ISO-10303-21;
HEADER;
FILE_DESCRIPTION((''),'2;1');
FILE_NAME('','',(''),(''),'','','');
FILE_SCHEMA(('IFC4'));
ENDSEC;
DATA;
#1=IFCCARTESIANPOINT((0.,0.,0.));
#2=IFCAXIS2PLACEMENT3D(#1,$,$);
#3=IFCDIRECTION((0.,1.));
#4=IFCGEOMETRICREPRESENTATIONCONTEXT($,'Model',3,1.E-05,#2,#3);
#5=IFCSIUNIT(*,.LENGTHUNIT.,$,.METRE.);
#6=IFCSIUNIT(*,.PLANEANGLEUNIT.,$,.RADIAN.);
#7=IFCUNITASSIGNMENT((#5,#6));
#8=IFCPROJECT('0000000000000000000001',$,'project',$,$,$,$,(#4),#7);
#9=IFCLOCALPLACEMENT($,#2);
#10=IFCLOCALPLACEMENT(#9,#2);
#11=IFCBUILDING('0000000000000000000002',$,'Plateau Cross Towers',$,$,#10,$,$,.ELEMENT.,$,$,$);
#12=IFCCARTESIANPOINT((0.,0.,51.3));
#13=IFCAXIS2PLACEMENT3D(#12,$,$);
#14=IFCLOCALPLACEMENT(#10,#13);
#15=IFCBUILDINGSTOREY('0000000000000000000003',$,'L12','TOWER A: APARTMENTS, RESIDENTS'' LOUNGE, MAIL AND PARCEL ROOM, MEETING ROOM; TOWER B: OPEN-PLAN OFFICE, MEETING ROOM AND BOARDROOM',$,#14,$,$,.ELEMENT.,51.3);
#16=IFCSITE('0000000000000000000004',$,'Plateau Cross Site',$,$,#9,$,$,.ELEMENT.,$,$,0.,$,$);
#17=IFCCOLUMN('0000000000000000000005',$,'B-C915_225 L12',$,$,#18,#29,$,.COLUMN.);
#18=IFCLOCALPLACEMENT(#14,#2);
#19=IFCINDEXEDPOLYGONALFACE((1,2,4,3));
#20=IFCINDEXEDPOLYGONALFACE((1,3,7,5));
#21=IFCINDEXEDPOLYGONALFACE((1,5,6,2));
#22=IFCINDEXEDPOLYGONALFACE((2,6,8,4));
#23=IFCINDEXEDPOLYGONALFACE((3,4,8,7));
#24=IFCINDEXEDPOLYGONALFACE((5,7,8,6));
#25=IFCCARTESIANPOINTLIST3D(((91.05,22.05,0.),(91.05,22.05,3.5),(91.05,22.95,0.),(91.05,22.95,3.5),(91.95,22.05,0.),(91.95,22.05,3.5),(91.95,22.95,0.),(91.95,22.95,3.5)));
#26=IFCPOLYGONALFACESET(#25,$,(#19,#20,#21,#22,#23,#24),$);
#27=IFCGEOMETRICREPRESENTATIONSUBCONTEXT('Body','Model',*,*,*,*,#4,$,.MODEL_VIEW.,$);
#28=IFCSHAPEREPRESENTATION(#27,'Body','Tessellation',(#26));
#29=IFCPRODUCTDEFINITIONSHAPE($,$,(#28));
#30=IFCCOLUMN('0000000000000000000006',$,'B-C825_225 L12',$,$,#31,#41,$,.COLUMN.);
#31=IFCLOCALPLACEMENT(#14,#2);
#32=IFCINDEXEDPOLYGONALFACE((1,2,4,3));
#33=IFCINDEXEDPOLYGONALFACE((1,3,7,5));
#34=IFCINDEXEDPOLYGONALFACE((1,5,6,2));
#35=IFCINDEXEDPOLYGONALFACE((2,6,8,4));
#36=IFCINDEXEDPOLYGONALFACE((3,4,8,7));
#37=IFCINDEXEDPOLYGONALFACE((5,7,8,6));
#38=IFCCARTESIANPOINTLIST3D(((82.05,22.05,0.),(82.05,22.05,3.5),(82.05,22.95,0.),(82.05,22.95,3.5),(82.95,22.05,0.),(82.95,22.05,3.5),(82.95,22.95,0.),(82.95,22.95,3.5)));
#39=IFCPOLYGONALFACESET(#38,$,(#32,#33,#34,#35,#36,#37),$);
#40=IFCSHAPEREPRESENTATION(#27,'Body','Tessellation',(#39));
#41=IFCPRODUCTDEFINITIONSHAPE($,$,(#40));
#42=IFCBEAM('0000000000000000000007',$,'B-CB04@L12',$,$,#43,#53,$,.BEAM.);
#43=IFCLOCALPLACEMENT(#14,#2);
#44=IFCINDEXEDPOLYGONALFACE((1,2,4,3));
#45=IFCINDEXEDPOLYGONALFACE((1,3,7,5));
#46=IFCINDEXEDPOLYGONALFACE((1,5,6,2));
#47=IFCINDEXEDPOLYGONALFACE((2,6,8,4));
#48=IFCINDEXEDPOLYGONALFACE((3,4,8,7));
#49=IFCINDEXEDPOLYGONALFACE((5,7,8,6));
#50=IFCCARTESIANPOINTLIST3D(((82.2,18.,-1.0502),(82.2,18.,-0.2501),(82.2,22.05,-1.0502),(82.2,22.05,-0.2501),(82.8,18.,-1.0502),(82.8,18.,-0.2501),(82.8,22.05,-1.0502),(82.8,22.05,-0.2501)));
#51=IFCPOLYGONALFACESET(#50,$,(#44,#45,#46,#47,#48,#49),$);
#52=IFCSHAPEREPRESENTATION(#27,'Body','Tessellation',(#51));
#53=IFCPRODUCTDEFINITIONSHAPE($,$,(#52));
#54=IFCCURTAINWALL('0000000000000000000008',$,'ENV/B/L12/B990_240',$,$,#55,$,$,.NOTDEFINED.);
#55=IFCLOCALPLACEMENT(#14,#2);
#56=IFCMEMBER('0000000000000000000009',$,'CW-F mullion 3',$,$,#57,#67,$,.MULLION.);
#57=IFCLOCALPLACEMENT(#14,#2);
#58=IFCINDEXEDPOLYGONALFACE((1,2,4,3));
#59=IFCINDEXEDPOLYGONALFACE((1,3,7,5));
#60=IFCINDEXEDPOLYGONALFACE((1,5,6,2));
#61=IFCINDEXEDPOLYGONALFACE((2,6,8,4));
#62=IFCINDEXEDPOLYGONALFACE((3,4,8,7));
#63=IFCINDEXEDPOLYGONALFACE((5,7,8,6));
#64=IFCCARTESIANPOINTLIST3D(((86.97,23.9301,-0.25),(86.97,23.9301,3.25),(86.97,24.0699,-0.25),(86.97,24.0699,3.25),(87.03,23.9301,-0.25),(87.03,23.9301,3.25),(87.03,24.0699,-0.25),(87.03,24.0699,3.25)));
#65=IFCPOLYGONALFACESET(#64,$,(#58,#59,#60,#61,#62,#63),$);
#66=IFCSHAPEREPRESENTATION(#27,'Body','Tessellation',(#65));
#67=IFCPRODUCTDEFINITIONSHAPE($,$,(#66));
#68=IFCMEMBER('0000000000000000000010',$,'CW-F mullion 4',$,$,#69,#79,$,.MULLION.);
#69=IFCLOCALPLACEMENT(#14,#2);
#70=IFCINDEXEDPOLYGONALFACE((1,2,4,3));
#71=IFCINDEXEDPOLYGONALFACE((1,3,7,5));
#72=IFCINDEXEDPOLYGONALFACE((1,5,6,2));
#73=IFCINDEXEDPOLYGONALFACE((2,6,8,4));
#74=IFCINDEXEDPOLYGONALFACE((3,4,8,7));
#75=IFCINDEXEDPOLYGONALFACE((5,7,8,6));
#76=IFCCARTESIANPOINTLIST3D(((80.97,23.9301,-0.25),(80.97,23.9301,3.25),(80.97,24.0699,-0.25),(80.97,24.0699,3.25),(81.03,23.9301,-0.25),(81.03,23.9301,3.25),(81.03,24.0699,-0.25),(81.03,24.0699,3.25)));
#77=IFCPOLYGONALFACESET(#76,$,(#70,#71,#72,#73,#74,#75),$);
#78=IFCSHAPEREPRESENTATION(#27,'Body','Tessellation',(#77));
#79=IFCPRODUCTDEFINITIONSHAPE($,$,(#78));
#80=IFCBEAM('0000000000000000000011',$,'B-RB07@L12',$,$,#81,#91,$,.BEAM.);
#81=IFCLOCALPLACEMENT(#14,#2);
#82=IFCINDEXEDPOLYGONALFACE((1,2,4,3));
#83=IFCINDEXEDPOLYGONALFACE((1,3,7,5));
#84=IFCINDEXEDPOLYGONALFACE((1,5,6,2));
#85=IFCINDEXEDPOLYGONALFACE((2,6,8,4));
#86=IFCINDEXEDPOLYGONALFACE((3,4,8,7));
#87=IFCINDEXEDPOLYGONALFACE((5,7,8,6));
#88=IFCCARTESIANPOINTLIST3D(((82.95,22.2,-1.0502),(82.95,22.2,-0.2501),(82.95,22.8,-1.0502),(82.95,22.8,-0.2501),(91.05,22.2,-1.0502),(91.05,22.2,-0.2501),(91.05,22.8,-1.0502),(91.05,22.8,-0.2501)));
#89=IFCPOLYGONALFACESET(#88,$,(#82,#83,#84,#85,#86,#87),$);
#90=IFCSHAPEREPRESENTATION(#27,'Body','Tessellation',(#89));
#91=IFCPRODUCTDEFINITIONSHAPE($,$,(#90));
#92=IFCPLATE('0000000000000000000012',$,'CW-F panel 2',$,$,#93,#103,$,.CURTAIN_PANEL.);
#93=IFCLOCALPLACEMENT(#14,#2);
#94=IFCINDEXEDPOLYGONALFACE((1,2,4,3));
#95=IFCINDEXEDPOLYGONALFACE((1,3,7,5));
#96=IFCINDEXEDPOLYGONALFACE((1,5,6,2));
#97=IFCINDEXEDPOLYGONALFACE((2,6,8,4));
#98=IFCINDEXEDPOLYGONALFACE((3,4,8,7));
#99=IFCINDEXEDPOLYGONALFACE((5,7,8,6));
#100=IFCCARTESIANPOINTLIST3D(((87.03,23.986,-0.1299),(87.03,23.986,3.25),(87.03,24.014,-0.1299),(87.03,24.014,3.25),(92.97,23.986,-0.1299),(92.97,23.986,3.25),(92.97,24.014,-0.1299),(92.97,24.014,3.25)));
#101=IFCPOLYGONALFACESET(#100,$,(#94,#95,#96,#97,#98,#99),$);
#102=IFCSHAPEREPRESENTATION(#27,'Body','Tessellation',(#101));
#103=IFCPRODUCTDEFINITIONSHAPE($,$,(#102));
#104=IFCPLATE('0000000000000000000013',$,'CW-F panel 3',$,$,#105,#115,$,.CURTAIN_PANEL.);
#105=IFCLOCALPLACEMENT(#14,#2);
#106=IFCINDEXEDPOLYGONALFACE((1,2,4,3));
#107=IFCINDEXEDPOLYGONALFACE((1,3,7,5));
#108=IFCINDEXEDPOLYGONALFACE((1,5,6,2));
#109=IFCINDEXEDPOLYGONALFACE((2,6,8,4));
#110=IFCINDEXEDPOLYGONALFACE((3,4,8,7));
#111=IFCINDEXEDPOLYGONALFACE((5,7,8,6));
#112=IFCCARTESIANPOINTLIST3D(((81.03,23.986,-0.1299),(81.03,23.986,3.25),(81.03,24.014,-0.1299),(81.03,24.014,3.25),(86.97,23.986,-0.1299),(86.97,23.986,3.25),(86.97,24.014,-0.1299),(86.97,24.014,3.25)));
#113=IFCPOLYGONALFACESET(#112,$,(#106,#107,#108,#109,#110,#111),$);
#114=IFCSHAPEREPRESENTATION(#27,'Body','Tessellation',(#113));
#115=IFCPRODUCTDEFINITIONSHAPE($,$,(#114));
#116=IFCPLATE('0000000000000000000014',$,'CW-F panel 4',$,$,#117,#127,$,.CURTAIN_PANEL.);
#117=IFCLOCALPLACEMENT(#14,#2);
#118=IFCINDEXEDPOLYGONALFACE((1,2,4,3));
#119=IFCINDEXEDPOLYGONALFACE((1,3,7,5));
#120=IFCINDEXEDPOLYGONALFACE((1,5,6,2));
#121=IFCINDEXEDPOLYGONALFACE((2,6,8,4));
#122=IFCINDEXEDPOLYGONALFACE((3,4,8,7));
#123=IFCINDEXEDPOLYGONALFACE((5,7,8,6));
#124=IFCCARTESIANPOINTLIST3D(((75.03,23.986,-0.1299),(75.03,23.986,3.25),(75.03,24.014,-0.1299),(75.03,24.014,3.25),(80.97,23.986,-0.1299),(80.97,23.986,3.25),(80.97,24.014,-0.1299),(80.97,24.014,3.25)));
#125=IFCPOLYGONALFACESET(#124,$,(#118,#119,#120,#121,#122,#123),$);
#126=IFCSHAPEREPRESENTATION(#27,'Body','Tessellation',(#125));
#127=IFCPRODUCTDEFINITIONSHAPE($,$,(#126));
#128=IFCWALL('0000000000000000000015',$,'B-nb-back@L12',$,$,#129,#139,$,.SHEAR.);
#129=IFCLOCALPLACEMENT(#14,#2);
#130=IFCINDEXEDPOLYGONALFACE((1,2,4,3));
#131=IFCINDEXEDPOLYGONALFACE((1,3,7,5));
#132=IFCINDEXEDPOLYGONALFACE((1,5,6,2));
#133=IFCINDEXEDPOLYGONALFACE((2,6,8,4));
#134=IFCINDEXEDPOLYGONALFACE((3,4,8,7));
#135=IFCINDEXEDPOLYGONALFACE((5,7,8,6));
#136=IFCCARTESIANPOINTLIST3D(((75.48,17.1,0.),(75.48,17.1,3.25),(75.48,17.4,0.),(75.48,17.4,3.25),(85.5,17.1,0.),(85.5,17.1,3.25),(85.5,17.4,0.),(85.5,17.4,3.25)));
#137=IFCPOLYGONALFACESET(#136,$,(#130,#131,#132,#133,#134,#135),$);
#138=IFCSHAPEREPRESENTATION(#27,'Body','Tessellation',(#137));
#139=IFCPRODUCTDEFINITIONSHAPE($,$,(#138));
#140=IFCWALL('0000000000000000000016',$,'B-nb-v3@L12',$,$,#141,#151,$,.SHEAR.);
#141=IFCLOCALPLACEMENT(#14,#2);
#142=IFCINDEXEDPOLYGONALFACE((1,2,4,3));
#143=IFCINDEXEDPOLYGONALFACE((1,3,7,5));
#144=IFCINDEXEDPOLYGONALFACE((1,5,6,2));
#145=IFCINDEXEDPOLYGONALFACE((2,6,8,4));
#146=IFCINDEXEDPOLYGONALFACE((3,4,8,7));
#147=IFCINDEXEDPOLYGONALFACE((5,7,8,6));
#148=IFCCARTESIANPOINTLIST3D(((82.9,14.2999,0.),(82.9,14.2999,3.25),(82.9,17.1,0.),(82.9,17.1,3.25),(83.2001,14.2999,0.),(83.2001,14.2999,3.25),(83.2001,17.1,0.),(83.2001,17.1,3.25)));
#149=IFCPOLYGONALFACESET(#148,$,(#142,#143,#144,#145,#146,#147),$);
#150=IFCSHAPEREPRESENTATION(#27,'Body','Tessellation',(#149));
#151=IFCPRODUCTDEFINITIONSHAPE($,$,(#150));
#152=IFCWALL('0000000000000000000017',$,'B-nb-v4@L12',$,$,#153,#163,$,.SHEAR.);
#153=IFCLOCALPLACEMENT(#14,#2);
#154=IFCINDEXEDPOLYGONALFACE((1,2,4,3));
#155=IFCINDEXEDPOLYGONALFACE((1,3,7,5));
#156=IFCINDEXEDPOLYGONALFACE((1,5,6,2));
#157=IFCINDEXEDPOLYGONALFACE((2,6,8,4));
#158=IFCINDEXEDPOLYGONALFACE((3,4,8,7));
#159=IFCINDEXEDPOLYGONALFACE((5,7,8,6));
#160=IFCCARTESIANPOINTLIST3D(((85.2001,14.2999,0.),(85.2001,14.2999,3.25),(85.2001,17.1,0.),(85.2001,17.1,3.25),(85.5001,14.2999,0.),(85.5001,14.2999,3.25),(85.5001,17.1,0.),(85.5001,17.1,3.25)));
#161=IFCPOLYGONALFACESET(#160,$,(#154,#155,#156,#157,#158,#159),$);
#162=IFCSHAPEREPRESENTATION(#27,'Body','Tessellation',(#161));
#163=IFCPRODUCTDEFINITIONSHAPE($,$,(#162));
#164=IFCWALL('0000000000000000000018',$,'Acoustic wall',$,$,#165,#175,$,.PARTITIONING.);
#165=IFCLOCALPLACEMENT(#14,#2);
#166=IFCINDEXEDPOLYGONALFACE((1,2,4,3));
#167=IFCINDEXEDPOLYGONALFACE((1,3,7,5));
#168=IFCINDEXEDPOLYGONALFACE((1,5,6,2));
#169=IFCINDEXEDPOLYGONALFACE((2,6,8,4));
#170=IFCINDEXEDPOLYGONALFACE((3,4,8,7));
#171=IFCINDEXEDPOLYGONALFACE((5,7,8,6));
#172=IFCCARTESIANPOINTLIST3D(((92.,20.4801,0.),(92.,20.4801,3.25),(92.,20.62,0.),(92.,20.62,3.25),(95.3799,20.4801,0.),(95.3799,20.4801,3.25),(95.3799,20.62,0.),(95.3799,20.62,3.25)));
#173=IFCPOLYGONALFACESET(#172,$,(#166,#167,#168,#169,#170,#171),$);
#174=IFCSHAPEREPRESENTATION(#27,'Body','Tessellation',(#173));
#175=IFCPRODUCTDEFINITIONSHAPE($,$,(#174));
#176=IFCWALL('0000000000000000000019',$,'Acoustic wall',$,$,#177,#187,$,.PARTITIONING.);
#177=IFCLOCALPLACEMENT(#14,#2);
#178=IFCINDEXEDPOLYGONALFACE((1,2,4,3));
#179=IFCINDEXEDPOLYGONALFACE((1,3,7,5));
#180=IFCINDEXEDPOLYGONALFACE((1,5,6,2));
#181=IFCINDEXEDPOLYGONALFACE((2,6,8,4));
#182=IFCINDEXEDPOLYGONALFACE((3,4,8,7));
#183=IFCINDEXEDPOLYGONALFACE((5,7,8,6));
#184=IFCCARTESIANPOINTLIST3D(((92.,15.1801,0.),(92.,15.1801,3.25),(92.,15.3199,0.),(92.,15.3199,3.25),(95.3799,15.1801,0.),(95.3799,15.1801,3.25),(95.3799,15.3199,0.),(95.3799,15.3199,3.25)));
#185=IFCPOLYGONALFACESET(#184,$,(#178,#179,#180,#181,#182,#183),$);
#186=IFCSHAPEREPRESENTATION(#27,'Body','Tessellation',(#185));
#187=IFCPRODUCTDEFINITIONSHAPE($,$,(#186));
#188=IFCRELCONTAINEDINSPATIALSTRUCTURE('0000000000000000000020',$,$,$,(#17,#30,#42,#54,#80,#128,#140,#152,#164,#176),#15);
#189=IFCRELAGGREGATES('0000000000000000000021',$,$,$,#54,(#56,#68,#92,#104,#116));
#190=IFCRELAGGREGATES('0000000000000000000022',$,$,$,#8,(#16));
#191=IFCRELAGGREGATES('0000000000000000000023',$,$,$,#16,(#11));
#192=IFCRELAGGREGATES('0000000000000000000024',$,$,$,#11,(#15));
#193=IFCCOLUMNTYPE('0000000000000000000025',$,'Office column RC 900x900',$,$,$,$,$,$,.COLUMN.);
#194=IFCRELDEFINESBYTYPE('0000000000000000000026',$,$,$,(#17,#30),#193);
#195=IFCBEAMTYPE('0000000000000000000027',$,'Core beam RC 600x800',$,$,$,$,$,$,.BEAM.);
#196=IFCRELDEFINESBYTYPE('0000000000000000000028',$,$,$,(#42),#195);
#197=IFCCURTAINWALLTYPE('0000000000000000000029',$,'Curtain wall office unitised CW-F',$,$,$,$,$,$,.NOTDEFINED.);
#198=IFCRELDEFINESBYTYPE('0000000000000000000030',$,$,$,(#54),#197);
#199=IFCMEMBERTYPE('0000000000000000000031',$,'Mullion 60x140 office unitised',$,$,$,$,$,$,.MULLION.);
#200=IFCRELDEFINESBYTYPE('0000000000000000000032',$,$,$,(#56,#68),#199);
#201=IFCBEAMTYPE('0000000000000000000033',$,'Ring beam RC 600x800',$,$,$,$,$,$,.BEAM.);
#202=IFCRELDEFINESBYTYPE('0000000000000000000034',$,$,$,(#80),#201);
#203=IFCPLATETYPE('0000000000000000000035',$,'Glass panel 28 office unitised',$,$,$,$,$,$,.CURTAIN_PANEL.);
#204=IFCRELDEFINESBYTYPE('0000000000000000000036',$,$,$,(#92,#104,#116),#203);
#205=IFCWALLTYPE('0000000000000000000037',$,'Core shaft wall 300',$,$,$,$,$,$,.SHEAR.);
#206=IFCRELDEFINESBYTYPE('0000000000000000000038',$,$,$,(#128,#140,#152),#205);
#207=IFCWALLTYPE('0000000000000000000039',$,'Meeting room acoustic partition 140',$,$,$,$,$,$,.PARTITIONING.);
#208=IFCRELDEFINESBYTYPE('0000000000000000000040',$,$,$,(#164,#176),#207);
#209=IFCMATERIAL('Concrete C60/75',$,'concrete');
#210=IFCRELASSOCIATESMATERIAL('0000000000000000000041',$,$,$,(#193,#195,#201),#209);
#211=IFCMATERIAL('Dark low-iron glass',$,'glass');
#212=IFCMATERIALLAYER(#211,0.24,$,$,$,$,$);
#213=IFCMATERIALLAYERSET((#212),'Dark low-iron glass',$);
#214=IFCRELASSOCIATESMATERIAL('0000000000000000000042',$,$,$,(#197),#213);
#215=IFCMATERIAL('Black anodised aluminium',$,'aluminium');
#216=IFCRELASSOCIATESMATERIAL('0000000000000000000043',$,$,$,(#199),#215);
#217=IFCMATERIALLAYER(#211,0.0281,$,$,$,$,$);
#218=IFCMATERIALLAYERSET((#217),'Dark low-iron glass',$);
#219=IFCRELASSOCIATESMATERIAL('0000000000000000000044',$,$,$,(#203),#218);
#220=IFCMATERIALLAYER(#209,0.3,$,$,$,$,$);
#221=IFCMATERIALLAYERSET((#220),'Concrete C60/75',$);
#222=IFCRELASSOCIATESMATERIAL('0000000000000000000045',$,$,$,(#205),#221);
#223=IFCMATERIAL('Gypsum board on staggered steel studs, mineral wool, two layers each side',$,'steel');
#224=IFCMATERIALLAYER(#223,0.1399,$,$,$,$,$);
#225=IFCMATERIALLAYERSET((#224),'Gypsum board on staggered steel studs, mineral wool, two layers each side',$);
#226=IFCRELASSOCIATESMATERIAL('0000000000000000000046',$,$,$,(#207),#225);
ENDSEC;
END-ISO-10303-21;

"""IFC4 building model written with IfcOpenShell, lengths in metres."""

from ifc_helpers import new_model, si_unit, direction, frame, frame_2d, origin, origin_2d, place, context, subcontext, project, spatial, rectangle, extrude, material, layer, layer_set, material_profile, profile_set, type_object, element, aggregate, save


model = new_model("IFC4")

# Units and contexts
model_context = context("Model", 3, precision=1e-05, world=origin(), true_north=direction((0.0, 1.0)))
body_context = subcontext(model_context, "Body", "Model", "MODEL_VIEW")
ifc_project = project(units=[si_unit("LENGTHUNIT", "METRE"), si_unit("PLANEANGLEUNIT", "RADIAN")], contexts=[model_context])

# Site, building, storey
site_placement = place(None, origin())
site = spatial("IfcSite", under=ifc_project, at=site_placement, Name="Plateau Cross Site", CompositionType="ELEMENT", RefElevation=0.0)
building_placement = place(site_placement, origin())
building = spatial("IfcBuilding", under=site, at=building_placement, Name="Plateau Cross Towers", CompositionType="ELEMENT")
storey_placement = place(building_placement, frame((0.0, 0.0, 51.3)))
storey = spatial("IfcBuildingStorey", under=building, at=storey_placement, Name="L12", Description="TOWER A: APARTMENTS, RESIDENTS' LOUNGE, MAIL AND PARCEL ROOM, MEETING ROOM; TOWER B: OPEN-PLAN OFFICE, MEETING ROOM AND BOARDROOM", CompositionType="ELEMENT", Elevation=51.3)

# Columns
ifc_material_1 = material(Name="Concrete C60/75", Category="concrete")
ifc_material_profile_1 = material_profile(ifc_material_1, rectangle(XDim=0.8999, YDim=0.8999, at=origin_2d()), Name="RC 900x900")
ifc_profile_set_1 = profile_set([ifc_material_profile_1], Name="Concrete C60/75")
column_type = type_object("IfcColumnType", Name="Office column RC 900x900", PredefinedType="COLUMN", material=ifc_profile_set_1)
for number, where, z_axis, x_axis, name in (
    (1, (91.5, 22.5, 0.0), (0.0, 0.0, 1.0), (1.0, 0.0, 0.0), "B-C915_225 L12"),
    (2, (82.5, 22.5, 0.0), (0.0, 0.0, 1.0), (1.0, 0.0, 0.0), "B-C825_225 L12"),
):
    element("IfcColumn", number, at=place(storey_placement, frame(where, z_axis=z_axis, x_axis=x_axis)), inside=storey, type_object=column_type, Name=name, PredefinedType="COLUMN", context=body_context, shape_type="SweptSolid", body=[
        extrude(rectangle(XDim=0.8999, YDim=0.8999, at=origin_2d()), origin(), (0.0, 0.0, 1.0), 3.5),
    ])

# Beam
ifc_material_profile_2 = material_profile(ifc_material_1, rectangle(XDim=0.6001, YDim=0.8, at=origin_2d()), Name="RC 600x800")
ifc_profile_set_2 = profile_set([ifc_material_profile_2], Name="Concrete C60/75")
beam_type_1 = type_object("IfcBeamType", Name="Core beam RC 600x800", PredefinedType="BEAM", material=ifc_profile_set_2)
beam_1_placement = place(storey_placement, frame((82.5, 18.0, -0.6501), z_axis=(0.0, 1.0, 0.0), x_axis=(-1.0, 0.0, 0.0)))
element("IfcBeam", 3, at=beam_1_placement, inside=storey, type_object=beam_type_1, Name="B-CB04@L12", PredefinedType="BEAM", context=body_context, shape_type="SweptSolid", body=[
    extrude(rectangle(XDim=0.6001, YDim=0.8, at=origin_2d()), origin(), (0.0, 0.0, 1.0), 4.05),
])

# Curtain wall, members
ifc_material_2 = material(Name="Dark low-iron glass", Category="glass")
ifc_layer_1 = layer(ifc_material_2, 0.24)
ifc_layer_set_1 = layer_set([ifc_layer_1], Name="Dark low-iron glass")
curtain_wall_type = type_object("IfcCurtainWallType", Name="Curtain wall office unitised CW-F", PredefinedType="NOTDEFINED", material=ifc_layer_set_1)
curtain_wall_placement = place(storey_placement, origin())
curtain_wall = element("IfcCurtainWall", 4, at=curtain_wall_placement, inside=storey, type_object=curtain_wall_type, Name="ENV/B/L12/B990_240", PredefinedType="NOTDEFINED")
ifc_material_3 = material(Name="Black anodised aluminium", Category="aluminium")
ifc_material_profile_3 = material_profile(ifc_material_3, rectangle(XDim=0.0601, YDim=0.1399, at=origin_2d()), Name="MULLION 60x140")
ifc_profile_set_3 = profile_set([ifc_material_profile_3], Name="Black anodised aluminium")
member_type = type_object("IfcMemberType", Name="Mullion 60x140 office unitised", PredefinedType="MULLION", material=ifc_profile_set_3)
member_1_placement = place(storey_placement, frame((87.0, 24.0, -0.25), z_axis=(0.0, 0.0, 1.0), x_axis=(-1.0, 0.0, 0.0)))
member_1 = element("IfcMember", 5, at=member_1_placement, type_object=member_type, Name="CW-F mullion 3", PredefinedType="MULLION", context=body_context, shape_type="SweptSolid", body=[
    extrude(rectangle(XDim=0.0601, YDim=0.1399, at=origin_2d()), origin(), (0.0, 0.0, 1.0), 3.5),
])
member_2_placement = place(storey_placement, frame((81.0, 24.0, -0.25), z_axis=(0.0, 0.0, 1.0), x_axis=(-1.0, 0.0, 0.0)))
member_2 = element("IfcMember", 6, at=member_2_placement, type_object=member_type, Name="CW-F mullion 4", PredefinedType="MULLION", context=body_context, shape_type="SweptSolid", body=[
    extrude(rectangle(XDim=0.0601, YDim=0.1399, at=origin_2d()), origin(), (0.0, 0.0, 1.0), 3.5),
])

# Beam
ifc_material_profile_4 = material_profile(ifc_material_1, rectangle(XDim=0.6001, YDim=0.8, at=origin_2d()), Name="RC 600x800")
ifc_profile_set_4 = profile_set([ifc_material_profile_4], Name="Concrete C60/75")
beam_type_2 = type_object("IfcBeamType", Name="Ring beam RC 600x800", PredefinedType="BEAM", material=ifc_profile_set_4)
beam_2_placement = place(storey_placement, frame((91.05, 22.5, -0.6501), z_axis=(-1.0, 0.0, 0.0), x_axis=(0.0, -1.0, 0.0)))
element("IfcBeam", 7, at=beam_2_placement, inside=storey, type_object=beam_type_2, Name="B-RB07@L12", PredefinedType="BEAM", context=body_context, shape_type="SweptSolid", body=[
    extrude(rectangle(XDim=0.6001, YDim=0.8, at=origin_2d()), origin(), (0.0, 0.0, 1.0), 8.1001),
])

# Plates
ifc_layer_2 = layer(ifc_material_2, 0.0281)
ifc_layer_set_2 = layer_set([ifc_layer_2], Name="Dark low-iron glass")
plate_type = type_object("IfcPlateType", Name="Glass panel 28 office unitised", PredefinedType="CURTAIN_PANEL", material=ifc_layer_set_2)
plate_1_placement = place(storey_placement, frame((90.0, 24.0, -0.1299), z_axis=(0.0, 0.0, 1.0), x_axis=(-1.0, 0.0, 0.0)))
plate_1 = element("IfcPlate", 8, at=plate_1_placement, type_object=plate_type, Name="CW-F panel 2", PredefinedType="CURTAIN_PANEL", context=body_context, shape_type="SweptSolid", body=[
    extrude(rectangle(XDim=5.9399, YDim=0.0281, at=origin_2d()), origin(), (0.0, 0.0, 1.0), 3.3799),
])
plate_2_placement = place(storey_placement, frame((84.0, 24.0, -0.1299), z_axis=(0.0, 0.0, 1.0), x_axis=(-1.0, 0.0, 0.0)))
plate_2 = element("IfcPlate", 9, at=plate_2_placement, type_object=plate_type, Name="CW-F panel 3", PredefinedType="CURTAIN_PANEL", context=body_context, shape_type="SweptSolid", body=[
    extrude(rectangle(XDim=5.9399, YDim=0.0281, at=origin_2d()), origin(), (0.0, 0.0, 1.0), 3.3799),
])
plate_3_placement = place(storey_placement, frame((78.0, 24.0, -0.1299), z_axis=(0.0, 0.0, 1.0), x_axis=(-1.0, 0.0, 0.0)))
plate_3 = element("IfcPlate", 10, at=plate_3_placement, type_object=plate_type, Name="CW-F panel 4", PredefinedType="CURTAIN_PANEL", context=body_context, shape_type="SweptSolid", body=[
    extrude(rectangle(XDim=5.9399, YDim=0.0281, at=origin_2d()), origin(), (0.0, 0.0, 1.0), 3.3799),
])
aggregate(curtain_wall, [member_1, member_2, plate_1, plate_2, plate_3])

# Walls
ifc_layer_3 = layer(ifc_material_1, 0.3)
ifc_layer_set_3 = layer_set([ifc_layer_3], Name="Concrete C60/75")
wall_type_1 = type_object("IfcWallType", Name="Core shaft wall 300", PredefinedType="SHEAR", material=ifc_layer_set_3)
wall_1_placement = place(storey_placement, frame((75.48, 17.25, 0.0), z_axis=(0.0, 0.0, 1.0), x_axis=(1.0, 0.0, 0.0)))
element("IfcWall", 11, at=wall_1_placement, inside=storey, type_object=wall_type_1, Name="B-nb-back@L12", PredefinedType="SHEAR", context=body_context, shape_type="SweptSolid", body=[
    extrude(rectangle(XDim=10.02, YDim=0.3, at=frame_2d((5.01, 0.0))), origin(), (0.0, 0.0, 1.0), 3.25),
])
for number, where, z_axis, x_axis, name in (
    (12, (83.05, 14.3, 0.0), (0.0, 0.0, 1.0), (0.0, 1.0, 0.0), "B-nb-v3@L12"),
    (13, (85.3501, 14.3, 0.0), (0.0, 0.0, 1.0), (0.0, 1.0, 0.0), "B-nb-v4@L12"),
):
    element("IfcWall", number, at=place(storey_placement, frame(where, z_axis=z_axis, x_axis=x_axis)), inside=storey, type_object=wall_type_1, Name=name, PredefinedType="SHEAR", context=body_context, shape_type="SweptSolid", body=[
        extrude(rectangle(XDim=2.8, YDim=0.3, at=frame_2d((1.3999, 0.0))), origin(), (0.0, 0.0, 1.0), 3.25),
    ])
ifc_material_4 = material(Name="Gypsum board on staggered steel studs, mineral wool, two layers each side", Category="steel")
ifc_layer_4 = layer(ifc_material_4, 0.1399)
ifc_layer_set_4 = layer_set([ifc_layer_4], Name="Gypsum board on staggered steel studs, mineral wool, two layers each side")
wall_type_2 = type_object("IfcWallType", Name="Meeting room acoustic partition 140", PredefinedType="PARTITIONING", material=ifc_layer_set_4)
for number, where, z_axis, x_axis, name in (
    (14, (92.0, 20.55, 0.0), (0.0, 0.0, 1.0), (1.0, 0.0, 0.0), "Acoustic wall"),
    (15, (92.0, 15.25, 0.0), (0.0, 0.0, 1.0), (1.0, 0.0, 0.0), "Acoustic wall"),
):
    element("IfcWall", number, at=place(storey_placement, frame(where, z_axis=z_axis, x_axis=x_axis)), inside=storey, type_object=wall_type_2, Name=name, PredefinedType="PARTITIONING", context=body_context, shape_type="SweptSolid", body=[
        extrude(rectangle(XDim=3.3799, YDim=0.1399, at=frame_2d((1.6899, 0.0))), origin(), (0.0, 0.0, 1.0), 3.25),
    ])

save(model, "model.ifc")
